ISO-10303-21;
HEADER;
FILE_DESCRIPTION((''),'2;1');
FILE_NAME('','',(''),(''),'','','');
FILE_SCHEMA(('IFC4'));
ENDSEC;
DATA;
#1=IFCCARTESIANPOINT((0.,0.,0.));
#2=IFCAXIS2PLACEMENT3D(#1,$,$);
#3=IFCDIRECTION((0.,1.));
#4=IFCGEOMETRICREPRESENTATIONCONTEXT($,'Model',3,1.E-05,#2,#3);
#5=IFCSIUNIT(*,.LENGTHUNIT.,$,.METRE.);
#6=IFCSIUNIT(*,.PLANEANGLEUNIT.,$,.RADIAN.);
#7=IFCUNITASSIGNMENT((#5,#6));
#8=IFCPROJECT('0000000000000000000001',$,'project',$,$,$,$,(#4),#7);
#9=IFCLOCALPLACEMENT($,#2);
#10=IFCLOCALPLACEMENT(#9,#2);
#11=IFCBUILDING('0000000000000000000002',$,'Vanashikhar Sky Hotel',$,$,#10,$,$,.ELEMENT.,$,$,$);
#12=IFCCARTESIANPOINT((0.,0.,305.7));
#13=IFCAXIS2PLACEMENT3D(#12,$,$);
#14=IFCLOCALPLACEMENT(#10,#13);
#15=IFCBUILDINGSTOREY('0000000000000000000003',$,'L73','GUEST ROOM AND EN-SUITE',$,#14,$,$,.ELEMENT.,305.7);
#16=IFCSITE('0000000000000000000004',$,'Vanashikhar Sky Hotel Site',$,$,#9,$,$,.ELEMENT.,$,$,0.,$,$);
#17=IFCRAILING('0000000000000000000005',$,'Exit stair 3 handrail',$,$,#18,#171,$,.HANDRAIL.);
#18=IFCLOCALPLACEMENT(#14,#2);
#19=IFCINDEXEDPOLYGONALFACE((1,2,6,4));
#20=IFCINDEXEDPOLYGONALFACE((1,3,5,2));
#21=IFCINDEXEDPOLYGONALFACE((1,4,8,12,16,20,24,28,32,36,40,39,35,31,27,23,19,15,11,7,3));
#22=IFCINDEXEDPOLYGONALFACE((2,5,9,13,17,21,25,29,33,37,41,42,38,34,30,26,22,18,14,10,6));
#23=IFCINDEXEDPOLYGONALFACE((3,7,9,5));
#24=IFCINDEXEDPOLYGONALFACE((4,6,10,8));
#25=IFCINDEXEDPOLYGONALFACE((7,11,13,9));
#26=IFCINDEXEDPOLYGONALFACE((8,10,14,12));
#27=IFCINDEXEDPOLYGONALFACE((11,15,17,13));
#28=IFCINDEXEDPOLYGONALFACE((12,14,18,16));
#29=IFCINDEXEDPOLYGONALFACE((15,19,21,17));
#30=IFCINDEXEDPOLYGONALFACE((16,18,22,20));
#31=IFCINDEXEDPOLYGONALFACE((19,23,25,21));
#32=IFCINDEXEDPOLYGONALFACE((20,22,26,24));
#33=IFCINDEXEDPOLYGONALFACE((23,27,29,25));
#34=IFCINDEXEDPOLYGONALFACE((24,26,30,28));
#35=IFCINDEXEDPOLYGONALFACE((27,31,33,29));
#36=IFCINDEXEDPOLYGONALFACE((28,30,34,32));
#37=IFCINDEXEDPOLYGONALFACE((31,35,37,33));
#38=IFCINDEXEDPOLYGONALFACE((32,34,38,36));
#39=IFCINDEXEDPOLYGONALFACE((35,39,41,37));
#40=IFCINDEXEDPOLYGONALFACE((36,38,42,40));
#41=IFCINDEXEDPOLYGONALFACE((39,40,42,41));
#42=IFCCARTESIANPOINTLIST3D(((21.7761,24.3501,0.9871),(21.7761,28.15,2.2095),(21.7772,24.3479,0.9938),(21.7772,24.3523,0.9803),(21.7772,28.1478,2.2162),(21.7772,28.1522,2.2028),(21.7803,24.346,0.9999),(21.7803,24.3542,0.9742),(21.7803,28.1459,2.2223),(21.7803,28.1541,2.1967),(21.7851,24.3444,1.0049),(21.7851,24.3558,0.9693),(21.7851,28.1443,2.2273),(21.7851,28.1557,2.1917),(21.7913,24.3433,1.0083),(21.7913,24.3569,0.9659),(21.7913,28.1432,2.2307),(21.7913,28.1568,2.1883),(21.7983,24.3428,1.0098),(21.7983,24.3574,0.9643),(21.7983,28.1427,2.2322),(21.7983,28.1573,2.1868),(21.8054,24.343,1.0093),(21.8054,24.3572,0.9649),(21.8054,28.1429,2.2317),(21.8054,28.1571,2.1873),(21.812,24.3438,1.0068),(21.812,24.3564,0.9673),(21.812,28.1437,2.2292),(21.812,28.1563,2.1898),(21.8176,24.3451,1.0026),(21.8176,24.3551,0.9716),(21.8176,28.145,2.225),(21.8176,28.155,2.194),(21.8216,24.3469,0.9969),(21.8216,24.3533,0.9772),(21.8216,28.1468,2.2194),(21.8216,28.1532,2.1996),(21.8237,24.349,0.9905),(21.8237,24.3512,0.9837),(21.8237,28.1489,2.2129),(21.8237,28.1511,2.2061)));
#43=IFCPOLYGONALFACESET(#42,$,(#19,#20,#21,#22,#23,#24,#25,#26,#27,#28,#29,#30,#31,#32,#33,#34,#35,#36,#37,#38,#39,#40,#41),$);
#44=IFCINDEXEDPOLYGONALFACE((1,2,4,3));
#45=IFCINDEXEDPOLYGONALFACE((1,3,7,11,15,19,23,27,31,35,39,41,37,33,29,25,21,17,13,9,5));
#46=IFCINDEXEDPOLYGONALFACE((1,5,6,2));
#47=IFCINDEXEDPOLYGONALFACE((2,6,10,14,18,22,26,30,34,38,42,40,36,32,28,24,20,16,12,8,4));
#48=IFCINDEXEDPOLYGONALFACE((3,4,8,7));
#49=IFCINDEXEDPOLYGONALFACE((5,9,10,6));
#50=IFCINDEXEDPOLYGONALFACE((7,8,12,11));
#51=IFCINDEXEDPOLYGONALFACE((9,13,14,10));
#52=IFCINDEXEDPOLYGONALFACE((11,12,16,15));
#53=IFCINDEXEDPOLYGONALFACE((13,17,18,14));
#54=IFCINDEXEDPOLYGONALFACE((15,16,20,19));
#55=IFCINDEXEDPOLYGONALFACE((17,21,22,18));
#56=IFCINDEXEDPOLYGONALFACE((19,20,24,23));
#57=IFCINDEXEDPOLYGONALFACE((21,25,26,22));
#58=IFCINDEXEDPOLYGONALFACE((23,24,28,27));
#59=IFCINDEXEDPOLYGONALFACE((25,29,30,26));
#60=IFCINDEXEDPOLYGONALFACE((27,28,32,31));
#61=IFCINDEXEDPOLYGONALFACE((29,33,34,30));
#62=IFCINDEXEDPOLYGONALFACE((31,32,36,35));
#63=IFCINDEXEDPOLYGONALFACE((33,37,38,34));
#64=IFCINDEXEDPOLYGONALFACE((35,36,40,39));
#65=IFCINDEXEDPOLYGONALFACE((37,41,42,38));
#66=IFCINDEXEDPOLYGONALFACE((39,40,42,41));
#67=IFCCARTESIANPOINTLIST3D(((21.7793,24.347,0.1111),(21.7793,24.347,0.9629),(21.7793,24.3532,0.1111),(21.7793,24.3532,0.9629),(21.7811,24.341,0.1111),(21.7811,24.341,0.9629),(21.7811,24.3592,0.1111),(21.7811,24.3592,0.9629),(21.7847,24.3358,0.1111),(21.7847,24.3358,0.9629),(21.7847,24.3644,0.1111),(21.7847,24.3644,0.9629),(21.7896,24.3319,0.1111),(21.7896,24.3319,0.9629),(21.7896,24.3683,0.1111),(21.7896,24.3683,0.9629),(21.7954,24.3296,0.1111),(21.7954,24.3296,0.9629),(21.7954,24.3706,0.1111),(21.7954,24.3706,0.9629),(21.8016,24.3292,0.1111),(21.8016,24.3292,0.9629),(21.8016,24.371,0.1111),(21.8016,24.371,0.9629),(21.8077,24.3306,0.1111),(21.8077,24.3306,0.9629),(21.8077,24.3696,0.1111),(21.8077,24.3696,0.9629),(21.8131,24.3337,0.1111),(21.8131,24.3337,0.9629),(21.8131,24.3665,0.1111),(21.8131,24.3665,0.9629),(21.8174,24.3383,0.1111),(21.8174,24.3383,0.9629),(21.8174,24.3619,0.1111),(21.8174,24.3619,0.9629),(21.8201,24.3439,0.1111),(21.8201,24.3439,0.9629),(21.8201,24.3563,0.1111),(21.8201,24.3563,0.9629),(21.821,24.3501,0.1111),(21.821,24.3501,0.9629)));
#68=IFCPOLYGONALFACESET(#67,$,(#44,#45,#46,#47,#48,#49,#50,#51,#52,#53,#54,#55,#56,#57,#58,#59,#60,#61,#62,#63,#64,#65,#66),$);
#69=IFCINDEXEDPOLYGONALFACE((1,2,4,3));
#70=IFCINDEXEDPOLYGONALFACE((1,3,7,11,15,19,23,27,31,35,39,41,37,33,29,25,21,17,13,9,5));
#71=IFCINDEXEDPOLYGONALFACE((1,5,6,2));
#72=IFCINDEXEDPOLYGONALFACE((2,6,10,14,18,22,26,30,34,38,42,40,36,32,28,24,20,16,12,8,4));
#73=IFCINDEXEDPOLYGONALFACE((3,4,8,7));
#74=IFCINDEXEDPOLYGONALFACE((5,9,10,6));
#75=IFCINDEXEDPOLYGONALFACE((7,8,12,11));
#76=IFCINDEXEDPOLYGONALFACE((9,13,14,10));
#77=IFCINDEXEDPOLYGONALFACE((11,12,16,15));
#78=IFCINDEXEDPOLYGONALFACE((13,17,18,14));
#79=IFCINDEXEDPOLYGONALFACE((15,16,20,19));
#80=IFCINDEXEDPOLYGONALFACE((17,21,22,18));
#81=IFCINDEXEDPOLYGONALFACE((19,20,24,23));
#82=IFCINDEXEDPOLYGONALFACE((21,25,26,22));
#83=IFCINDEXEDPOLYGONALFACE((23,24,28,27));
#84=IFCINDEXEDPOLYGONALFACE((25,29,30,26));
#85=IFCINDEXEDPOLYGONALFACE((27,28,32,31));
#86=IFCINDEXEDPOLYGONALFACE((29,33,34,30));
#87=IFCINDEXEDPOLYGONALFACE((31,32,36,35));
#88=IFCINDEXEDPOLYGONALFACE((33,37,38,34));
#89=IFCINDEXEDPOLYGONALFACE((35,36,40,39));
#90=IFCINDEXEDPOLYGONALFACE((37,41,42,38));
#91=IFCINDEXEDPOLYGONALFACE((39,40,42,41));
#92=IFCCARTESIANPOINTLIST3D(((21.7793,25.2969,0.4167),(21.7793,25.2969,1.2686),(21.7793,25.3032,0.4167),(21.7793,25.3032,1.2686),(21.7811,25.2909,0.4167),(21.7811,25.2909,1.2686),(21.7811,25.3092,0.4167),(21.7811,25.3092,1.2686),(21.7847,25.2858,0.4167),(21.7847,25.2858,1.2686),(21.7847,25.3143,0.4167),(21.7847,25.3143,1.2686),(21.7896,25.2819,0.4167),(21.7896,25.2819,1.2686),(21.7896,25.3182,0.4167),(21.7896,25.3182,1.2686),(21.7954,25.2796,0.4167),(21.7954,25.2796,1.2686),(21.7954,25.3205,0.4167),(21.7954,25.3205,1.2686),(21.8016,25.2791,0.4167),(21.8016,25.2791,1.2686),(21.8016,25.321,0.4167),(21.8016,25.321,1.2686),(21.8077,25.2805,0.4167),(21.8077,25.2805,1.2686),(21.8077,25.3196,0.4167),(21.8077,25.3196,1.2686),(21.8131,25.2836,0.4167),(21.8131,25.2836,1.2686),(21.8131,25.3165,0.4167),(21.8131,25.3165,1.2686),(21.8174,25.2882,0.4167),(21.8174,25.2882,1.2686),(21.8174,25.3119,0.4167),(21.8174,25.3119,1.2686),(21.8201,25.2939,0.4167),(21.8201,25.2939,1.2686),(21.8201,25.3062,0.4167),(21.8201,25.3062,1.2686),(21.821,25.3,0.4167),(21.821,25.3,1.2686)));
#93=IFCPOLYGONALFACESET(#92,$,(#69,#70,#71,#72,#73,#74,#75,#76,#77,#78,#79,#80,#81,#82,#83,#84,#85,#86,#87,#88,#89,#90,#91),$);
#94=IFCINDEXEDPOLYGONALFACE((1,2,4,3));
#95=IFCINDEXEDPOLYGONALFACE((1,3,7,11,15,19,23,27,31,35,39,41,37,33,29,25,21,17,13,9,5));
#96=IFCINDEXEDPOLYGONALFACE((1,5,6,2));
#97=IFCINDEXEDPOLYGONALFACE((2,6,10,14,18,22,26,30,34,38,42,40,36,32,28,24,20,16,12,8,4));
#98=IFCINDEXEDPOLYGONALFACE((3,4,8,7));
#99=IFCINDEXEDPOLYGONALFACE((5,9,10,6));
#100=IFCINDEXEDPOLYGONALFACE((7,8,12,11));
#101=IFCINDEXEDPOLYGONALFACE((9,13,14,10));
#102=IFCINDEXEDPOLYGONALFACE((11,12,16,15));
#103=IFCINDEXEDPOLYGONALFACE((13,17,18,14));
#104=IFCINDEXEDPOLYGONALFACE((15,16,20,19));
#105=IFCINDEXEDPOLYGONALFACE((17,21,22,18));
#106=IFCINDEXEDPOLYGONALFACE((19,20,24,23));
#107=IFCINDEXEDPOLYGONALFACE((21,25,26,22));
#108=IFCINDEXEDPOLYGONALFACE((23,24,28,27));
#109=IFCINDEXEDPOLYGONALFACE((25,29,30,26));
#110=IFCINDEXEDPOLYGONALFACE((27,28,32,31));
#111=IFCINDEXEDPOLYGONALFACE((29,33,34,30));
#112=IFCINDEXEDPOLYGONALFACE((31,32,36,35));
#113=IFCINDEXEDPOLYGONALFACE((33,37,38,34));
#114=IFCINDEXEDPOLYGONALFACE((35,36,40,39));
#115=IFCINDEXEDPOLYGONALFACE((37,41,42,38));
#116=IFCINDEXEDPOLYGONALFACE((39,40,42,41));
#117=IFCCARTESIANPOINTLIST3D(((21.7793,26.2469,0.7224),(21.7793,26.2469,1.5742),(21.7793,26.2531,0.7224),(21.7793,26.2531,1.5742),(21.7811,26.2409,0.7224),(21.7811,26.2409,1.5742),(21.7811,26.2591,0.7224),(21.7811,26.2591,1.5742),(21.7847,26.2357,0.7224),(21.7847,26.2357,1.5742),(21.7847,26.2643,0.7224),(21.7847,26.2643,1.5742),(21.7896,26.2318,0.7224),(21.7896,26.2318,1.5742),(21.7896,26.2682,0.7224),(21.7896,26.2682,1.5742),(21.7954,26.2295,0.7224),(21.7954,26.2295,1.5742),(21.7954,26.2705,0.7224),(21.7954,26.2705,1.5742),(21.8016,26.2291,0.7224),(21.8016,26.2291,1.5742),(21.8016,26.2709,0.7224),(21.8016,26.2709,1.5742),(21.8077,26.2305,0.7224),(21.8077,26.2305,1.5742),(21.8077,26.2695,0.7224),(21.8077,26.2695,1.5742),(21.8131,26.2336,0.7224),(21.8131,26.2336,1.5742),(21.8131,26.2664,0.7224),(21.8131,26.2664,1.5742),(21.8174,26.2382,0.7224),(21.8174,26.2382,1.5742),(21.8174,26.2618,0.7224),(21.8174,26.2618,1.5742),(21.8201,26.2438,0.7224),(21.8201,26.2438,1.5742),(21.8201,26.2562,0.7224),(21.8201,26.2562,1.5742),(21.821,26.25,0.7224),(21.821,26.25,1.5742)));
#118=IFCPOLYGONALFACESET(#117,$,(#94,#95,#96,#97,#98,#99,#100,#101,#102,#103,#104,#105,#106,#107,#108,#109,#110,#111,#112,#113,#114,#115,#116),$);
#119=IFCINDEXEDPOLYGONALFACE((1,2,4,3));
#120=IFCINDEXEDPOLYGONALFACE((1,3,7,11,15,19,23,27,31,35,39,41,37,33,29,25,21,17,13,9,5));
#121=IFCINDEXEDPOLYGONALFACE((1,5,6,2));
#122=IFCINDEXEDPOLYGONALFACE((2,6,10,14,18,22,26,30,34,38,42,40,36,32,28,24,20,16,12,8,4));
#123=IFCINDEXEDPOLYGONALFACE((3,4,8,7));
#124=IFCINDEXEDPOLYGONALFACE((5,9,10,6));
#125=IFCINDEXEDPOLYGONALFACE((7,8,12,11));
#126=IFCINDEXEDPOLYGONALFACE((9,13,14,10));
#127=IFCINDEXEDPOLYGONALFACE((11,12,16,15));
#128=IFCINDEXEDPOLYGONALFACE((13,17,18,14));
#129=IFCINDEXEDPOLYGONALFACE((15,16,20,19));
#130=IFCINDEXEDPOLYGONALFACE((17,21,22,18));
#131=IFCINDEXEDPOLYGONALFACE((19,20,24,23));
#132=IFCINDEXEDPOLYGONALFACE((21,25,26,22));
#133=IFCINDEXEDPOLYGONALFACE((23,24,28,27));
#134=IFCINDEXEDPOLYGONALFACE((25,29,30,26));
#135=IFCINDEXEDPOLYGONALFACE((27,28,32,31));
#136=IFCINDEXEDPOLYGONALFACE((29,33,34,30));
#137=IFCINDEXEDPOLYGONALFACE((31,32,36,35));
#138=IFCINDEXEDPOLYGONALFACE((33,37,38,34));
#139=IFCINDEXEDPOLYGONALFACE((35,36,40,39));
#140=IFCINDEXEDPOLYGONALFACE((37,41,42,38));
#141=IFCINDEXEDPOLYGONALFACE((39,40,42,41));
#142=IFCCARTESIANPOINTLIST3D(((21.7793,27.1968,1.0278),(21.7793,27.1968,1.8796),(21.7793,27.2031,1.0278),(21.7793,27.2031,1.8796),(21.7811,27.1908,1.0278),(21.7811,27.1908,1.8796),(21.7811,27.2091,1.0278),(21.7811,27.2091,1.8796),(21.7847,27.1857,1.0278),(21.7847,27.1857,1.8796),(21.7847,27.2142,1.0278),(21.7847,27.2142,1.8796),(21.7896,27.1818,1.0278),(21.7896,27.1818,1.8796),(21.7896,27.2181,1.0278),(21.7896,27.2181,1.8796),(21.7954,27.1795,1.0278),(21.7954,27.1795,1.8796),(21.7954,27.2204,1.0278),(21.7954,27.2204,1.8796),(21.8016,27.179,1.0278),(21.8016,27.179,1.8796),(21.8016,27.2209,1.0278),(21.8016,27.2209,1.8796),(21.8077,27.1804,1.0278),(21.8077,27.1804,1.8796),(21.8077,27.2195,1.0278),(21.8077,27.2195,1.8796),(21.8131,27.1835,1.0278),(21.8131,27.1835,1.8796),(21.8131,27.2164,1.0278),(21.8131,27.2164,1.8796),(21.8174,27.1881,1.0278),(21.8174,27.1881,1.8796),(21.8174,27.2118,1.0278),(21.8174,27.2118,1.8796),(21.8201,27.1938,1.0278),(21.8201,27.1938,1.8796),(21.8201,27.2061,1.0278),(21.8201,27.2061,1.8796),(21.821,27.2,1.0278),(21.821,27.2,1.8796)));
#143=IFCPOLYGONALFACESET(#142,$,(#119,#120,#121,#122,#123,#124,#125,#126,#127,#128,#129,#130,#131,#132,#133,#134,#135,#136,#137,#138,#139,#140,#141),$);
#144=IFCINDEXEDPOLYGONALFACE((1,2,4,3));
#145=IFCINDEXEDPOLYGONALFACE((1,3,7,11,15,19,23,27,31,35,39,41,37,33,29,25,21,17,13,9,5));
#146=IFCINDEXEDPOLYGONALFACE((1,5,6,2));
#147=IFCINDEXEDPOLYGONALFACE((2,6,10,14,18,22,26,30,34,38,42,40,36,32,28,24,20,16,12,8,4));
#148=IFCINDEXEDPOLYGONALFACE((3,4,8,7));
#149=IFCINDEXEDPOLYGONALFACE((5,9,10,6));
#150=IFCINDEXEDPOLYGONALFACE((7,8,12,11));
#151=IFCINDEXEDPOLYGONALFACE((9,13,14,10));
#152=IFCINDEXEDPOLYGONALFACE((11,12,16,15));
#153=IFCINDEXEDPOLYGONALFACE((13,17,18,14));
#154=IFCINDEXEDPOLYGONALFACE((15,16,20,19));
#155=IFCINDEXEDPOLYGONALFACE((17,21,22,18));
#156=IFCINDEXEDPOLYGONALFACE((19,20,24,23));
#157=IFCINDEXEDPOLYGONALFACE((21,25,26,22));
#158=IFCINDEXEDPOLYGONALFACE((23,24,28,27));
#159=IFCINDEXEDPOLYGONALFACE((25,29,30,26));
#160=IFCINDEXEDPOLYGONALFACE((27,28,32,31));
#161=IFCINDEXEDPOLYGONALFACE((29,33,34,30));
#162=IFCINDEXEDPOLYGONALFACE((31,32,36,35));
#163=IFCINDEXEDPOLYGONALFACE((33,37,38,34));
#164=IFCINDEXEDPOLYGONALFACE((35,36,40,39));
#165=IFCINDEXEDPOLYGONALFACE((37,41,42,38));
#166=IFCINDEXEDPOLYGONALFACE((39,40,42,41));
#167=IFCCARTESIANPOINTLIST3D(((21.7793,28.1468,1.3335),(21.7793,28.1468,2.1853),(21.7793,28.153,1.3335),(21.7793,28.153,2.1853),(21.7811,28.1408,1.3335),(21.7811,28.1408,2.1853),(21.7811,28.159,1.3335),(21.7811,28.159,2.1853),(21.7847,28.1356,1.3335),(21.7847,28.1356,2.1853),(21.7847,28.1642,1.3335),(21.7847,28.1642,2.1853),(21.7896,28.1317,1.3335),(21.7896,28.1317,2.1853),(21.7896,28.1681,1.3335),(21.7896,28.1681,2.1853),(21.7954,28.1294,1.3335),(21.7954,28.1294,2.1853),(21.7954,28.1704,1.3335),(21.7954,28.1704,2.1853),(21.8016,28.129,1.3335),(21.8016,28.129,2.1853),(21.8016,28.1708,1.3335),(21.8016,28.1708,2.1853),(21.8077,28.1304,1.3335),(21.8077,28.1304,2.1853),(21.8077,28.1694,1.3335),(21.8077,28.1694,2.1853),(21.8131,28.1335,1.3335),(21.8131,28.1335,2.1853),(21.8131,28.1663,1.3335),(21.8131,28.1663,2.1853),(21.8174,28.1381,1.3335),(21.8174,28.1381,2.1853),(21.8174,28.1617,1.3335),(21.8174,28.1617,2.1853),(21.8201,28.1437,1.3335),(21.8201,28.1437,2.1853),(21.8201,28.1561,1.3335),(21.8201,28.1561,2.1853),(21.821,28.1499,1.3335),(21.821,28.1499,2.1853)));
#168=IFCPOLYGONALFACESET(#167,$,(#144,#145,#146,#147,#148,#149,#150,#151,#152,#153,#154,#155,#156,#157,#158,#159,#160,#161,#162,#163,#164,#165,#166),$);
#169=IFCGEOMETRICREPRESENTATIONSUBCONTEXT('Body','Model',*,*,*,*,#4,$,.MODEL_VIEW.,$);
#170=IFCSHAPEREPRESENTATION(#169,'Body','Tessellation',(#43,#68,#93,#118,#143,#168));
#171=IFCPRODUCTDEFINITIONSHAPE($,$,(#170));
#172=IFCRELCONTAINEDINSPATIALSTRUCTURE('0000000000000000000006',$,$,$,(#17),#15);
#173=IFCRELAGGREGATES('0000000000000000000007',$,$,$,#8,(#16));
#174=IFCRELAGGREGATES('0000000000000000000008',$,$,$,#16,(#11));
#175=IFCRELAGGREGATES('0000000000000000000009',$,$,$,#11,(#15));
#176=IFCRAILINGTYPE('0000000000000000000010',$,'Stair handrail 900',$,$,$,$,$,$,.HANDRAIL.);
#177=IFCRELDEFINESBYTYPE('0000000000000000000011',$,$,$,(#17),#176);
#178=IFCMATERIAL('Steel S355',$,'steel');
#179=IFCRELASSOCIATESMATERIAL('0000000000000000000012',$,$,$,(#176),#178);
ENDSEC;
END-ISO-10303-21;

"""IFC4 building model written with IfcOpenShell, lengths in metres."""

from ifc_helpers import new_model, si_unit, direction, frame, origin, origin_2d, place, context, subcontext, project, spatial, circle, extrude, source, transform, mapped, material, type_object, element, save


model = new_model("IFC4")

# Units and contexts
model_context = context("Model", 3, precision=1e-05, world=origin(), true_north=direction((0.0, 1.0)))
body_context = subcontext(model_context, "Body", "Model", "MODEL_VIEW")
ifc_project = project(units=[si_unit("LENGTHUNIT", "METRE"), si_unit("PLANEANGLEUNIT", "RADIAN")], contexts=[model_context])

# Site, building, storey
site_placement = place(None, origin())
site = spatial("IfcSite", under=ifc_project, at=site_placement, Name="Vanashikhar Sky Hotel Site", CompositionType="ELEMENT", RefElevation=0.0)
building_placement = place(site_placement, origin())
building = spatial("IfcBuilding", under=site, at=building_placement, Name="Vanashikhar Sky Hotel", CompositionType="ELEMENT")
storey_placement = place(building_placement, frame((0.0, 0.0, 305.7)))
storey = spatial("IfcBuildingStorey", under=building, at=storey_placement, Name="L73", Description="GUEST ROOM AND EN-SUITE", CompositionType="ELEMENT", Elevation=305.7)

# Railing
ifc_material_1 = material(Name="Steel S355", Category="steel")
railing_type_1 = type_object("IfcRailingType", Name="Stair handrail 900", PredefinedType="HANDRAIL", material=ifc_material_1)
shared_shape_1 = source(origin(), body_context, "Body", "SweptSolid", [
    extrude(circle(Radius=0.0239, at=origin_2d()), frame((0.0, 0.0, 0.876), z_axis=(0.0, 0.951952, 0.306247), x_axis=(-1.0, 0.0, 0.0)), (0.0, 0.0, 1.0), 3.9917),
    extrude(circle(Radius=0.021, at=origin_2d()), origin(), (0.0, 0.0, 1.0), 0.8518),
    extrude(circle(Radius=0.021, at=origin_2d()), frame((0.0, 0.95, 0.3057)), (0.0, 0.0, 1.0), 0.8518),
    extrude(circle(Radius=0.021, at=origin_2d()), frame((0.0, 1.8999, 0.6113)), (0.0, 0.0, 1.0), 0.8518),
    extrude(circle(Radius=0.021, at=origin_2d()), frame((0.0, 2.8499, 0.9167)), (0.0, 0.0, 1.0), 0.8518),
    extrude(circle(Radius=0.021, at=origin_2d()), frame((0.0, 3.7998, 1.2224)), (0.0, 0.0, 1.0), 0.8518),
])
railing_1_placement = place(storey_placement, frame((21.8, 24.3501, 0.1111)))
element("IfcRailing", 1, at=railing_1_placement, inside=storey, type_object=railing_type_1, Name="Exit stair 3 handrail", PredefinedType="HANDRAIL", context=body_context, shape_type="MappedRepresentation", body=[
    mapped(shared_shape_1, transform((0.0, 0.0, 0.0), scale=1.0)),
])

save(model, "model.ifc")
